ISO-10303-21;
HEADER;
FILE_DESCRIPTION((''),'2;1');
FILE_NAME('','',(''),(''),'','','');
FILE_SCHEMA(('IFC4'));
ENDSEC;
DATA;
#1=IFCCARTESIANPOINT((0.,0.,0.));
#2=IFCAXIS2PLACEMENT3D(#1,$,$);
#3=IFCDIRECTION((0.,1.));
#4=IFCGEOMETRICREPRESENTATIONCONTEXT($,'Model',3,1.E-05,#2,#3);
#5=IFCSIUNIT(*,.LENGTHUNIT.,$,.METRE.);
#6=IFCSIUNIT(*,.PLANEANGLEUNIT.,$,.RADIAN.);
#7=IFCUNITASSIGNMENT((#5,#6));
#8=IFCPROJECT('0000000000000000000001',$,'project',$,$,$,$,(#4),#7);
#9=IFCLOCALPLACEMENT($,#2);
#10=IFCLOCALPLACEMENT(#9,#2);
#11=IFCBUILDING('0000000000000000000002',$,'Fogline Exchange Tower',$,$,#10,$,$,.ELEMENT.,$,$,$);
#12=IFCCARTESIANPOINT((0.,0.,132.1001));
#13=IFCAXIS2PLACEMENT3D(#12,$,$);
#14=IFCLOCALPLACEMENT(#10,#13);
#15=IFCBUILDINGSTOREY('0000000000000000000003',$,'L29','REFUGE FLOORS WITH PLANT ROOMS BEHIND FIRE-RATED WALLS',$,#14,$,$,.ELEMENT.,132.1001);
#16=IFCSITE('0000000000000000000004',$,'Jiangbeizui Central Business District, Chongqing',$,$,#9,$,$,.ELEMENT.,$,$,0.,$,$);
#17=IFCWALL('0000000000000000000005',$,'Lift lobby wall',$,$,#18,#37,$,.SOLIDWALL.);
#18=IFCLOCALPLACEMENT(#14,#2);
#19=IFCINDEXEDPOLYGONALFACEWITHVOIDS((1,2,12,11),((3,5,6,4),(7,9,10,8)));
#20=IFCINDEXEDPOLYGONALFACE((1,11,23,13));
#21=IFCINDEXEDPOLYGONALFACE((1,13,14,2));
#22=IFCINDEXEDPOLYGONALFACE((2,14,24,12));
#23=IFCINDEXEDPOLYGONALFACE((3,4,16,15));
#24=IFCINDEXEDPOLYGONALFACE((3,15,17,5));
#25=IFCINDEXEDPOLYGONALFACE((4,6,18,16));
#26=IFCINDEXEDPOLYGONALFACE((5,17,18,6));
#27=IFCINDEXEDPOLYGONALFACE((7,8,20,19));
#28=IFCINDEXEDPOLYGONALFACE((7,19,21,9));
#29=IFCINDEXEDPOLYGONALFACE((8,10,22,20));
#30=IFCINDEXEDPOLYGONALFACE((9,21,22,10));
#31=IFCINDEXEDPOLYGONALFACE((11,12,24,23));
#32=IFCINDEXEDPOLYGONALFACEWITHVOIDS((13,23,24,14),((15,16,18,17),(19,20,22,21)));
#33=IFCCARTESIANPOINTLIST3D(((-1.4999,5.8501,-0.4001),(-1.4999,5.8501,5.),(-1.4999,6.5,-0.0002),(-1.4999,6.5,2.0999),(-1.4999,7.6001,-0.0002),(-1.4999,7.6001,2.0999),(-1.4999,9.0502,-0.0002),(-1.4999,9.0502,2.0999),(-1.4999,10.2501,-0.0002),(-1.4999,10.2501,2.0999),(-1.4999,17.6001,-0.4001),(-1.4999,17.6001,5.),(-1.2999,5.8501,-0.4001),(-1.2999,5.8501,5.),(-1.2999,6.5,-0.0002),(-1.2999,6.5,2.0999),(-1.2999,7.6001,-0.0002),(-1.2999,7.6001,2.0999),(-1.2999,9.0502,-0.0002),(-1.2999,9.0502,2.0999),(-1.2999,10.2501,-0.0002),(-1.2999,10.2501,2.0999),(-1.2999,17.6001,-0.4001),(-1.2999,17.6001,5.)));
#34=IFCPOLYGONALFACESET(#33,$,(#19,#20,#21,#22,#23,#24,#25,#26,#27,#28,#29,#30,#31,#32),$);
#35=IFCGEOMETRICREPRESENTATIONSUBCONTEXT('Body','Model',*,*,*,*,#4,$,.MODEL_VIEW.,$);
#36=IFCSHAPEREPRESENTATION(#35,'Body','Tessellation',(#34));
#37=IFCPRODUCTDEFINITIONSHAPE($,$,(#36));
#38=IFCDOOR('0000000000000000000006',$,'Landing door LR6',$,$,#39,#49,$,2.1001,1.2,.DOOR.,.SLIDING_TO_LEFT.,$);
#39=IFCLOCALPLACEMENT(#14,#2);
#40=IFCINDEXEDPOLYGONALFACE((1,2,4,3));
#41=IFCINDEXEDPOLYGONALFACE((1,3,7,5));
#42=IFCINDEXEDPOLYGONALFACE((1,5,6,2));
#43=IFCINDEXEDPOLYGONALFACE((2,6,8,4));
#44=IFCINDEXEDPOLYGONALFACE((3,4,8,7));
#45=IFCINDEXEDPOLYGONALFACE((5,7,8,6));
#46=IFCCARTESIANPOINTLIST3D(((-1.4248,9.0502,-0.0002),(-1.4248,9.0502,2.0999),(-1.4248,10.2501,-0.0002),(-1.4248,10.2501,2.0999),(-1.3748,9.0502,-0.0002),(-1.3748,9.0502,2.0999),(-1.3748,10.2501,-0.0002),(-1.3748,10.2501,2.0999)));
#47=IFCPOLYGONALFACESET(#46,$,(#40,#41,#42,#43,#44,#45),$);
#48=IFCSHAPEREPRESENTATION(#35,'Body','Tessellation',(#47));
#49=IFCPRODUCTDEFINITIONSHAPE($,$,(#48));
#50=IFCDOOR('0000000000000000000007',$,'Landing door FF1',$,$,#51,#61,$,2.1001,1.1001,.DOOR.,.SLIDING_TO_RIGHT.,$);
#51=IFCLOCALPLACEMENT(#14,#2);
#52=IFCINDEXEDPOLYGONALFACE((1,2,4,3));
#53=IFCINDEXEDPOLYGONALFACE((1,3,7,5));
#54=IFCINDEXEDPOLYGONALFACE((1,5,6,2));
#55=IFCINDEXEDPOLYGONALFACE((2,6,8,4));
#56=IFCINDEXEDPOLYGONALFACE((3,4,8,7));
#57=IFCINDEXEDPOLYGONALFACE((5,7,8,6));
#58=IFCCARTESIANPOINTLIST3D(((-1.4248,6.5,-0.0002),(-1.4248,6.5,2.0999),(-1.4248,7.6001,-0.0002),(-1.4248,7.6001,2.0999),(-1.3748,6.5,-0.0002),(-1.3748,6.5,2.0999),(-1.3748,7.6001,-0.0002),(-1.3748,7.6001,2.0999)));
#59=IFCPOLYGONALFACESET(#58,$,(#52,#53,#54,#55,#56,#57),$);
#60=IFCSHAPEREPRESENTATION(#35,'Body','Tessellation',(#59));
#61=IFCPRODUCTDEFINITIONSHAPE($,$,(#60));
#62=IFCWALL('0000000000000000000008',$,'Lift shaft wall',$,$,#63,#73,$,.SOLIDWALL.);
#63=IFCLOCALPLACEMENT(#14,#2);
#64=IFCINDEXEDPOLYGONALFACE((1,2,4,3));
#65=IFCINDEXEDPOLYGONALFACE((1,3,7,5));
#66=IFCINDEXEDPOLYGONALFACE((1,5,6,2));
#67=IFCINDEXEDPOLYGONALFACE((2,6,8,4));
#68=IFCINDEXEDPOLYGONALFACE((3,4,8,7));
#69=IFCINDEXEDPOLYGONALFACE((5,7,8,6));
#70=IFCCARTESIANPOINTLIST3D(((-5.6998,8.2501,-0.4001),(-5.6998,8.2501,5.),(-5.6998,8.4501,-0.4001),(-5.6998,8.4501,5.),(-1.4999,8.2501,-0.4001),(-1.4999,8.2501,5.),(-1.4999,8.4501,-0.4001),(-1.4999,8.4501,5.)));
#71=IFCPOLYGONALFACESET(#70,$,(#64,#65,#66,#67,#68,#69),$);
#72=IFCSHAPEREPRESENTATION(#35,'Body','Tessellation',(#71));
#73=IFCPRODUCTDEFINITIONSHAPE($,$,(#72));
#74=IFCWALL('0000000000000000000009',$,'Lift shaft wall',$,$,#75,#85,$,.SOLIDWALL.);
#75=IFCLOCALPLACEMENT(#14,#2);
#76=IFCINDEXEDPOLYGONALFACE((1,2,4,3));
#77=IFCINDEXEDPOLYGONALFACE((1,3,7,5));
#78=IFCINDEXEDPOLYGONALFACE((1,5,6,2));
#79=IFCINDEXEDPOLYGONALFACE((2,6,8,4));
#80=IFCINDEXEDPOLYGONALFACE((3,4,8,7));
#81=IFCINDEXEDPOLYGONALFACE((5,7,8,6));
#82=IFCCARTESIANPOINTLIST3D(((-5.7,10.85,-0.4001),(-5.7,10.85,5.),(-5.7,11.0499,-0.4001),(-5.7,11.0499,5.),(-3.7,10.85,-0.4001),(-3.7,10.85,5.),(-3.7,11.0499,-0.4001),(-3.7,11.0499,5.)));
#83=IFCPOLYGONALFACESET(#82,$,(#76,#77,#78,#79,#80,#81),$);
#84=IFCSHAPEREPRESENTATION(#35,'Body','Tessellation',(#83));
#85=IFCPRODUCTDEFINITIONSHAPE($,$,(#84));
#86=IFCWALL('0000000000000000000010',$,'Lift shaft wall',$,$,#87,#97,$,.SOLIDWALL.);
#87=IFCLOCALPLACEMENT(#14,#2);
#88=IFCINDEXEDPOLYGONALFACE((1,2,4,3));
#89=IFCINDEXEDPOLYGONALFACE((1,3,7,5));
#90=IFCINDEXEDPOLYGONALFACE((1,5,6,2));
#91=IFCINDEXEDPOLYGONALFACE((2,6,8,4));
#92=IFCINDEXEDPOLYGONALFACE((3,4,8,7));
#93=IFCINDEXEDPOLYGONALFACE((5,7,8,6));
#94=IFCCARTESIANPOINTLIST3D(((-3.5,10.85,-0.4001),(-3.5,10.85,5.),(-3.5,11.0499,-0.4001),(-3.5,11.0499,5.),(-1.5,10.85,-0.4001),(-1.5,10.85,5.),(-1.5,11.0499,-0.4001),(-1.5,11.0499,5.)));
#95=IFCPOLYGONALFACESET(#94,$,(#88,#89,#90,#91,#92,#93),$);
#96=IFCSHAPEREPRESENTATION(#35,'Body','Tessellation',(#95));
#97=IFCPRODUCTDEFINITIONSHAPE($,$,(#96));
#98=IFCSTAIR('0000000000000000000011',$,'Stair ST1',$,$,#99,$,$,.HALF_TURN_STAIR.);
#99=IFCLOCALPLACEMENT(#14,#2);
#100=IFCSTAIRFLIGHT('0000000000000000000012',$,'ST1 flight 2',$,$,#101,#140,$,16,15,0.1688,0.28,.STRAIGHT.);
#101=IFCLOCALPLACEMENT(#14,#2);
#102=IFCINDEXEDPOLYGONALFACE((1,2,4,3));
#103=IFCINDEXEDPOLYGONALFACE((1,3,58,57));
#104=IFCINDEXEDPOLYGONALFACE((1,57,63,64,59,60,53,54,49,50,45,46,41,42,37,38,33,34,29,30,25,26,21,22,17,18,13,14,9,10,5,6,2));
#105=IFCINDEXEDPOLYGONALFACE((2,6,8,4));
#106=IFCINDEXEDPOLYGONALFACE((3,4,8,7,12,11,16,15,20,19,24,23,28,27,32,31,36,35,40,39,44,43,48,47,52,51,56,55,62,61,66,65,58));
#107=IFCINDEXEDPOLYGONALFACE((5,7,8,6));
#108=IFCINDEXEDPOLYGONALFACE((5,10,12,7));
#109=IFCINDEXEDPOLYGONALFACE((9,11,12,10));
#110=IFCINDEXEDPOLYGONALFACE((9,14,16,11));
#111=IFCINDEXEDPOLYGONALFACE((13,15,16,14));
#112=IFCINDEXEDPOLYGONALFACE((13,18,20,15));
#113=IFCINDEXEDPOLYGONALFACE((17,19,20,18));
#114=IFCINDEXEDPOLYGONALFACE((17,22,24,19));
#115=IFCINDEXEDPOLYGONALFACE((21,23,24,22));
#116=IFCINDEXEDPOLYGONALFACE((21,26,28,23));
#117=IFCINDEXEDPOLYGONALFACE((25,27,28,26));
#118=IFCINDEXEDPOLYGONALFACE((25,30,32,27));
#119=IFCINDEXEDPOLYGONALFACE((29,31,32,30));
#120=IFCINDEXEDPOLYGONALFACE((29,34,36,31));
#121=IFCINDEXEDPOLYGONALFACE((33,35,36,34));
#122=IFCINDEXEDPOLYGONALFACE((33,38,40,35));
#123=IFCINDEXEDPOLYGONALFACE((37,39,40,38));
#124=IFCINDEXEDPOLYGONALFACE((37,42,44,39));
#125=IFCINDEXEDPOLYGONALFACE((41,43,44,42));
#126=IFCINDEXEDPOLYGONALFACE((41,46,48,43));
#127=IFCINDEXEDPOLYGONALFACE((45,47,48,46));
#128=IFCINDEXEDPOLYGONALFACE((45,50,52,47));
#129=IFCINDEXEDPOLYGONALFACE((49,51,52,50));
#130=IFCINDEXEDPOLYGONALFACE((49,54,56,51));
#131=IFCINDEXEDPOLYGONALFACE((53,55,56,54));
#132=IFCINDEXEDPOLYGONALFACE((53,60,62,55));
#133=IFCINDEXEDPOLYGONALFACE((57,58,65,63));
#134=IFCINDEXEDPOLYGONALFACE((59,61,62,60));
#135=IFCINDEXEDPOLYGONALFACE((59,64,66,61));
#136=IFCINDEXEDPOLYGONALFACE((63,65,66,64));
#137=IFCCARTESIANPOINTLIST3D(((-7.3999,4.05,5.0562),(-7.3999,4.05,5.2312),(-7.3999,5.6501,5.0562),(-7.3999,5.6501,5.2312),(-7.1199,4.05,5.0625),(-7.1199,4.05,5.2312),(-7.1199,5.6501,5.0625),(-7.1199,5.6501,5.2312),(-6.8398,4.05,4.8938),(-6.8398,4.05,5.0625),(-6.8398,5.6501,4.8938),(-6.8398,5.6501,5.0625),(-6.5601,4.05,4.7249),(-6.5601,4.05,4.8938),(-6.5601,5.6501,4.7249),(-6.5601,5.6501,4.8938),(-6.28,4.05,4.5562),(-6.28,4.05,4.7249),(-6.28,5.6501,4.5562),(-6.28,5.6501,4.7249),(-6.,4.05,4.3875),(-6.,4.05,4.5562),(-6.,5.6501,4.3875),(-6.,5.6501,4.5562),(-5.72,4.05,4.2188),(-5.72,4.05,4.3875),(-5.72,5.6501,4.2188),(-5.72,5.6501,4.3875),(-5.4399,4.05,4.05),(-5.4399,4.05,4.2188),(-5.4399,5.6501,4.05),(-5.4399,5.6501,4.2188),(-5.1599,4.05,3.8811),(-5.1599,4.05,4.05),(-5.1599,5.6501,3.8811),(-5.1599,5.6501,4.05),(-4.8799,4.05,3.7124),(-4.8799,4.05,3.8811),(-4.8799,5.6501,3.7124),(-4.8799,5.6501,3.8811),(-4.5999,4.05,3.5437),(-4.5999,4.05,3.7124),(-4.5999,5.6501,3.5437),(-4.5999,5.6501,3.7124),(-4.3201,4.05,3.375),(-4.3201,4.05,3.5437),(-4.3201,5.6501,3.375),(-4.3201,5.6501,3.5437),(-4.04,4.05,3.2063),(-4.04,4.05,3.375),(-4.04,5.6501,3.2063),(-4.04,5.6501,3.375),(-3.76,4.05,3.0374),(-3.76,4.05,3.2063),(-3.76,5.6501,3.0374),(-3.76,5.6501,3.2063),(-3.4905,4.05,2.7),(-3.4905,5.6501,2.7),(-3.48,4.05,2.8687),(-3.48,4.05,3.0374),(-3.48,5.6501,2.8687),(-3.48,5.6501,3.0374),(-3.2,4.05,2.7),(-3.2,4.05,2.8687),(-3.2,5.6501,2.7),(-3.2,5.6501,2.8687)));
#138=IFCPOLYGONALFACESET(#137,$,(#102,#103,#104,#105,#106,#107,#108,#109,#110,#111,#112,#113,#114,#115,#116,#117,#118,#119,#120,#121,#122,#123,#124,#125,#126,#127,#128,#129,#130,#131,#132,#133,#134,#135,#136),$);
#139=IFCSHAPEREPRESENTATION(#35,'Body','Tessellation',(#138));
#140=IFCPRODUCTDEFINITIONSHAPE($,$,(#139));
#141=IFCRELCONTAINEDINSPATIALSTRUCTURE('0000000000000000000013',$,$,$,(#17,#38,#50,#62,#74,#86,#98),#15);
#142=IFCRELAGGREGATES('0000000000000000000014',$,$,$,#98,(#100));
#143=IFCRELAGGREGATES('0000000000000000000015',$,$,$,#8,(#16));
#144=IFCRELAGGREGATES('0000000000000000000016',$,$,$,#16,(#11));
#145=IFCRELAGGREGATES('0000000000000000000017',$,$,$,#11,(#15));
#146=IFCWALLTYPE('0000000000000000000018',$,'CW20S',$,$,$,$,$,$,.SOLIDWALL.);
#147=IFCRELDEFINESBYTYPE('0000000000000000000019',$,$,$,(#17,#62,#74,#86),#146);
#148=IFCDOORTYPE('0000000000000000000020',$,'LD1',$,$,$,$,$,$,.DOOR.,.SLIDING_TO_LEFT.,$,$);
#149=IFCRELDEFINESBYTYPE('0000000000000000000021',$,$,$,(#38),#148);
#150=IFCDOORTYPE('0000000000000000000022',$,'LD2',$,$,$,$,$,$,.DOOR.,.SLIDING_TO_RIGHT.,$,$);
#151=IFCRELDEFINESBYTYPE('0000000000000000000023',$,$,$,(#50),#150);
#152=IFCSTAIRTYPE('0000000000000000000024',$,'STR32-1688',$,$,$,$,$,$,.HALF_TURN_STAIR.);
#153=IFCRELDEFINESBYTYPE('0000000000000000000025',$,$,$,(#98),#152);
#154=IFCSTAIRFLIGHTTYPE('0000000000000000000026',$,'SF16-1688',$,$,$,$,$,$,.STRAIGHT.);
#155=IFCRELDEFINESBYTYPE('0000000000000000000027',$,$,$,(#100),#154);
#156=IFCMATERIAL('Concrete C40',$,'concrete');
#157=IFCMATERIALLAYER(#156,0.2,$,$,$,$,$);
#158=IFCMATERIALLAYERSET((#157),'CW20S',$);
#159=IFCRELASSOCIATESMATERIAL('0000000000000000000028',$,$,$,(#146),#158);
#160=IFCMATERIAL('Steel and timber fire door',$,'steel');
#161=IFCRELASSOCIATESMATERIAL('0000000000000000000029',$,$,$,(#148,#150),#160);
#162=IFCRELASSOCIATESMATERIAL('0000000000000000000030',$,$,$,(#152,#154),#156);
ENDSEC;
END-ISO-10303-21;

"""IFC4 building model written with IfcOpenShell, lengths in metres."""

from ifc_helpers import new_model, si_unit, direction, frame, frame_2d, origin, place, context, subcontext, project, spatial, polyline, rectangle, outline, extrude, material, layer, layer_set, type_object, element, fill, aggregate, save


model = new_model("IFC4")

# Units and contexts
model_context = context("Model", 3, precision=1e-05, world=origin(), true_north=direction((0.0, 1.0)))
body_context = subcontext(model_context, "Body", "Model", "MODEL_VIEW")
ifc_project = project(units=[si_unit("LENGTHUNIT", "METRE"), si_unit("PLANEANGLEUNIT", "RADIAN")], contexts=[model_context])

# Site, building, storey
site_placement = place(None, origin())
site = spatial("IfcSite", under=ifc_project, at=site_placement, Name="Jiangbeizui Central Business District, Chongqing", CompositionType="ELEMENT", RefElevation=0.0)
building_placement = place(site_placement, origin())
building = spatial("IfcBuilding", under=site, at=building_placement, Name="Fogline Exchange Tower", CompositionType="ELEMENT")
storey_placement = place(building_placement, frame((0.0, 0.0, 132.1001)))
storey = spatial("IfcBuildingStorey", under=building, at=storey_placement, Name="L29", Description="REFUGE FLOORS WITH PLANT ROOMS BEHIND FIRE-RATED WALLS", CompositionType="ELEMENT", Elevation=132.1001)

# Shared definitions
ifc_material_1 = material(Name="Steel and timber fire door", Category="steel")

# Shared definitions
ifc_material_2 = material(Name="Concrete C40", Category="concrete")

# Shared definitions
ifc_layer_1 = layer(ifc_material_2, 0.2)
ifc_layer_set_1 = layer_set([ifc_layer_1], Name="CW20S")
wall_type_1 = type_object("IfcWallType", Name="CW20S", PredefinedType="SOLIDWALL", material=ifc_layer_set_1)
door_type_1 = type_object("IfcDoorType", Name="LD1", OperationType="SLIDING_TO_LEFT", PredefinedType="DOOR", material=ifc_material_1)

# Wall, openings, doors
wall_1_placement = place(storey_placement, frame((-1.3999, 5.8501, -0.4001), z_axis=(0.0, 0.0, 1.0), x_axis=(0.0, 1.0, 0.0)))
wall_1 = element("IfcWall", 1, at=wall_1_placement, inside=storey, type_object=wall_type_1, Name="Lift lobby wall", PredefinedType="SOLIDWALL", context=body_context, shape_type="SweptSolid", body=[
    extrude(rectangle(XDim=11.75, YDim=0.2, at=frame_2d((5.875, 0.0))), origin(), (0.0, 0.0, 1.0), 5.4001),
])
opening_1_placement = place(wall_1_placement, frame((3.2, 0.0, 0.3999)))
opening_1 = element("IfcOpeningElement", 2, at=opening_1_placement, cuts=wall_1, PredefinedType="OPENING", context=body_context, shape_type="SweptSolid", body=[
    extrude(rectangle(XDim=1.2, YDim=2.1001, at=frame_2d((0.6001, 1.05))), frame((0.0, 0.1099, 0.0), z_axis=(0.0, -1.0, 0.0), x_axis=(1.0, 0.0, 0.0)), (0.0, 0.0, 1.0), 0.22),
])
opening_2_placement = place(wall_1_placement, frame((0.6499, 0.0, 0.3999)))
opening_2 = element("IfcOpeningElement", 3, at=opening_2_placement, cuts=wall_1, PredefinedType="OPENING", context=body_context, shape_type="SweptSolid", body=[
    extrude(rectangle(XDim=1.1001, YDim=2.1001, at=frame_2d((0.55, 1.05))), frame((0.0, 0.1099, 0.0), z_axis=(0.0, -1.0, 0.0), x_axis=(1.0, 0.0, 0.0)), (0.0, 0.0, 1.0), 0.22),
])
door_1_placement = place(opening_1_placement, origin())
door_1 = element("IfcDoor", 4, at=door_1_placement, inside=storey, type_object=door_type_1, Name="Landing door LR6", OperationType="SLIDING_TO_LEFT", OverallHeight=2.1001, OverallWidth=1.2, PredefinedType="DOOR", context=body_context, shape_type="SweptSolid", body=[
    extrude(rectangle(XDim=1.2, YDim=2.1001, at=frame_2d((0.6001, 1.05))), frame((0.0, 0.0249, 0.0), z_axis=(0.0, -1.0, 0.0), x_axis=(1.0, 0.0, 0.0)), (0.0, 0.0, 1.0), 0.05),
])
fill(opening_1, door_1)
door_type_2 = type_object("IfcDoorType", Name="LD2", OperationType="SLIDING_TO_RIGHT", PredefinedType="DOOR", material=ifc_material_1)
door_2_placement = place(opening_2_placement, origin())
door_2 = element("IfcDoor", 5, at=door_2_placement, inside=storey, type_object=door_type_2, Name="Landing door FF1", OperationType="SLIDING_TO_RIGHT", OverallHeight=2.1001, OverallWidth=1.1001, PredefinedType="DOOR", context=body_context, shape_type="SweptSolid", body=[
    extrude(rectangle(XDim=1.1001, YDim=2.1001, at=frame_2d((0.55, 1.05))), frame((0.0, 0.0249, 0.0), z_axis=(0.0, -1.0, 0.0), x_axis=(1.0, 0.0, 0.0)), (0.0, 0.0, 1.0), 0.05),
])
fill(opening_2, door_2)

# Walls
wall_2_placement = place(storey_placement, frame((-5.7, 8.3501, -0.4001), z_axis=(0.0, 0.0, 1.0), x_axis=(1.0, 0.0, 0.0)))
element("IfcWall", 6, at=wall_2_placement, inside=storey, type_object=wall_type_1, Name="Lift shaft wall", PredefinedType="SOLIDWALL", context=body_context, shape_type="SweptSolid", body=[
    extrude(rectangle(XDim=4.2, YDim=0.2, at=frame_2d((2.1001, 0.0))), origin(), (0.0, 0.0, 1.0), 5.4001),
])
for number, where, z_axis, x_axis, name in (
    (7, (-5.7, 10.95, -0.4001), (0.0, 0.0, 1.0), (1.0, 0.0, 0.0), "Lift shaft wall"),
    (8, (-3.5, 10.95, -0.4001), (0.0, 0.0, 1.0), (1.0, 0.0, 0.0), "Lift shaft wall"),
):
    element("IfcWall", number, at=place(storey_placement, frame(where, z_axis=z_axis, x_axis=x_axis)), inside=storey, type_object=wall_type_1, Name=name, PredefinedType="SOLIDWALL", context=body_context, shape_type="SweptSolid", body=[
        extrude(rectangle(XDim=2.0, YDim=0.2, at=frame_2d((1.0, 0.0))), origin(), (0.0, 0.0, 1.0), 5.4001),
    ])

# Stair, stair flight
stair_type = type_object("IfcStairType", Name="STR32-1688", PredefinedType="HALF_TURN_STAIR", material=ifc_material_2)
stair_placement = place(storey_placement, origin())
stair = element("IfcStair", 9, at=stair_placement, inside=storey, type_object=stair_type, Name="Stair ST1", PredefinedType="HALF_TURN_STAIR")
stair_flight_type = type_object("IfcStairFlightType", Name="SF16-1688", PredefinedType="STRAIGHT", material=ifc_material_2)
stair_flight_placement = place(storey_placement, frame((-3.2, 4.8501, 2.7), z_axis=(0.0, 0.0, 1.0), x_axis=(-1.0, 0.0, 0.0)))
stair_flight = element("IfcStairFlight", 10, at=stair_flight_placement, type_object=stair_flight_type, Name="ST1 flight 2", NumberOfRisers=16, NumberOfTreads=15, PredefinedType="STRAIGHT", RiserHeight=0.1688, TreadLength=0.28, context=body_context, shape_type="SweptSolid", body=[
    extrude(outline(polyline([(0.0, 0.0), (0.0, 0.1687), (0.28, 0.1687), (0.28, 0.3374), (0.5601, 0.3374), (0.5601, 0.5063), (0.8401, 0.5063), (0.8401, 0.675), (1.1201, 0.675), (1.1201, 0.8438), (1.3999, 0.8438), (1.3999, 1.0125), (1.6799, 1.0125), (1.6799, 1.1812), (1.96, 1.1812), (1.96, 1.3501), (2.24, 1.3501), (2.24, 1.5188), (2.52, 1.5188), (2.52, 1.6875), (2.8, 1.6875), (2.8, 1.8562), (3.0801, 1.8562), (3.0801, 2.0249), (3.3601, 2.0249), (3.3601, 2.1938), (3.6399, 2.1938), (3.6399, 2.3625), (3.9199, 2.3625), (3.9199, 2.5312), (4.2, 2.5312), (4.2, 2.7), (4.2, 2.3562), (0.2905, 0.0), (0.0, 0.0)])), frame((0.0, 0.8, 0.0), z_axis=(0.0, -1.0, 0.0), x_axis=(1.0, 0.0, 0.0)), (0.0, 0.0, 1.0), 1.6001),
])
aggregate(stair, [stair_flight])

save(model, "model.ifc")
